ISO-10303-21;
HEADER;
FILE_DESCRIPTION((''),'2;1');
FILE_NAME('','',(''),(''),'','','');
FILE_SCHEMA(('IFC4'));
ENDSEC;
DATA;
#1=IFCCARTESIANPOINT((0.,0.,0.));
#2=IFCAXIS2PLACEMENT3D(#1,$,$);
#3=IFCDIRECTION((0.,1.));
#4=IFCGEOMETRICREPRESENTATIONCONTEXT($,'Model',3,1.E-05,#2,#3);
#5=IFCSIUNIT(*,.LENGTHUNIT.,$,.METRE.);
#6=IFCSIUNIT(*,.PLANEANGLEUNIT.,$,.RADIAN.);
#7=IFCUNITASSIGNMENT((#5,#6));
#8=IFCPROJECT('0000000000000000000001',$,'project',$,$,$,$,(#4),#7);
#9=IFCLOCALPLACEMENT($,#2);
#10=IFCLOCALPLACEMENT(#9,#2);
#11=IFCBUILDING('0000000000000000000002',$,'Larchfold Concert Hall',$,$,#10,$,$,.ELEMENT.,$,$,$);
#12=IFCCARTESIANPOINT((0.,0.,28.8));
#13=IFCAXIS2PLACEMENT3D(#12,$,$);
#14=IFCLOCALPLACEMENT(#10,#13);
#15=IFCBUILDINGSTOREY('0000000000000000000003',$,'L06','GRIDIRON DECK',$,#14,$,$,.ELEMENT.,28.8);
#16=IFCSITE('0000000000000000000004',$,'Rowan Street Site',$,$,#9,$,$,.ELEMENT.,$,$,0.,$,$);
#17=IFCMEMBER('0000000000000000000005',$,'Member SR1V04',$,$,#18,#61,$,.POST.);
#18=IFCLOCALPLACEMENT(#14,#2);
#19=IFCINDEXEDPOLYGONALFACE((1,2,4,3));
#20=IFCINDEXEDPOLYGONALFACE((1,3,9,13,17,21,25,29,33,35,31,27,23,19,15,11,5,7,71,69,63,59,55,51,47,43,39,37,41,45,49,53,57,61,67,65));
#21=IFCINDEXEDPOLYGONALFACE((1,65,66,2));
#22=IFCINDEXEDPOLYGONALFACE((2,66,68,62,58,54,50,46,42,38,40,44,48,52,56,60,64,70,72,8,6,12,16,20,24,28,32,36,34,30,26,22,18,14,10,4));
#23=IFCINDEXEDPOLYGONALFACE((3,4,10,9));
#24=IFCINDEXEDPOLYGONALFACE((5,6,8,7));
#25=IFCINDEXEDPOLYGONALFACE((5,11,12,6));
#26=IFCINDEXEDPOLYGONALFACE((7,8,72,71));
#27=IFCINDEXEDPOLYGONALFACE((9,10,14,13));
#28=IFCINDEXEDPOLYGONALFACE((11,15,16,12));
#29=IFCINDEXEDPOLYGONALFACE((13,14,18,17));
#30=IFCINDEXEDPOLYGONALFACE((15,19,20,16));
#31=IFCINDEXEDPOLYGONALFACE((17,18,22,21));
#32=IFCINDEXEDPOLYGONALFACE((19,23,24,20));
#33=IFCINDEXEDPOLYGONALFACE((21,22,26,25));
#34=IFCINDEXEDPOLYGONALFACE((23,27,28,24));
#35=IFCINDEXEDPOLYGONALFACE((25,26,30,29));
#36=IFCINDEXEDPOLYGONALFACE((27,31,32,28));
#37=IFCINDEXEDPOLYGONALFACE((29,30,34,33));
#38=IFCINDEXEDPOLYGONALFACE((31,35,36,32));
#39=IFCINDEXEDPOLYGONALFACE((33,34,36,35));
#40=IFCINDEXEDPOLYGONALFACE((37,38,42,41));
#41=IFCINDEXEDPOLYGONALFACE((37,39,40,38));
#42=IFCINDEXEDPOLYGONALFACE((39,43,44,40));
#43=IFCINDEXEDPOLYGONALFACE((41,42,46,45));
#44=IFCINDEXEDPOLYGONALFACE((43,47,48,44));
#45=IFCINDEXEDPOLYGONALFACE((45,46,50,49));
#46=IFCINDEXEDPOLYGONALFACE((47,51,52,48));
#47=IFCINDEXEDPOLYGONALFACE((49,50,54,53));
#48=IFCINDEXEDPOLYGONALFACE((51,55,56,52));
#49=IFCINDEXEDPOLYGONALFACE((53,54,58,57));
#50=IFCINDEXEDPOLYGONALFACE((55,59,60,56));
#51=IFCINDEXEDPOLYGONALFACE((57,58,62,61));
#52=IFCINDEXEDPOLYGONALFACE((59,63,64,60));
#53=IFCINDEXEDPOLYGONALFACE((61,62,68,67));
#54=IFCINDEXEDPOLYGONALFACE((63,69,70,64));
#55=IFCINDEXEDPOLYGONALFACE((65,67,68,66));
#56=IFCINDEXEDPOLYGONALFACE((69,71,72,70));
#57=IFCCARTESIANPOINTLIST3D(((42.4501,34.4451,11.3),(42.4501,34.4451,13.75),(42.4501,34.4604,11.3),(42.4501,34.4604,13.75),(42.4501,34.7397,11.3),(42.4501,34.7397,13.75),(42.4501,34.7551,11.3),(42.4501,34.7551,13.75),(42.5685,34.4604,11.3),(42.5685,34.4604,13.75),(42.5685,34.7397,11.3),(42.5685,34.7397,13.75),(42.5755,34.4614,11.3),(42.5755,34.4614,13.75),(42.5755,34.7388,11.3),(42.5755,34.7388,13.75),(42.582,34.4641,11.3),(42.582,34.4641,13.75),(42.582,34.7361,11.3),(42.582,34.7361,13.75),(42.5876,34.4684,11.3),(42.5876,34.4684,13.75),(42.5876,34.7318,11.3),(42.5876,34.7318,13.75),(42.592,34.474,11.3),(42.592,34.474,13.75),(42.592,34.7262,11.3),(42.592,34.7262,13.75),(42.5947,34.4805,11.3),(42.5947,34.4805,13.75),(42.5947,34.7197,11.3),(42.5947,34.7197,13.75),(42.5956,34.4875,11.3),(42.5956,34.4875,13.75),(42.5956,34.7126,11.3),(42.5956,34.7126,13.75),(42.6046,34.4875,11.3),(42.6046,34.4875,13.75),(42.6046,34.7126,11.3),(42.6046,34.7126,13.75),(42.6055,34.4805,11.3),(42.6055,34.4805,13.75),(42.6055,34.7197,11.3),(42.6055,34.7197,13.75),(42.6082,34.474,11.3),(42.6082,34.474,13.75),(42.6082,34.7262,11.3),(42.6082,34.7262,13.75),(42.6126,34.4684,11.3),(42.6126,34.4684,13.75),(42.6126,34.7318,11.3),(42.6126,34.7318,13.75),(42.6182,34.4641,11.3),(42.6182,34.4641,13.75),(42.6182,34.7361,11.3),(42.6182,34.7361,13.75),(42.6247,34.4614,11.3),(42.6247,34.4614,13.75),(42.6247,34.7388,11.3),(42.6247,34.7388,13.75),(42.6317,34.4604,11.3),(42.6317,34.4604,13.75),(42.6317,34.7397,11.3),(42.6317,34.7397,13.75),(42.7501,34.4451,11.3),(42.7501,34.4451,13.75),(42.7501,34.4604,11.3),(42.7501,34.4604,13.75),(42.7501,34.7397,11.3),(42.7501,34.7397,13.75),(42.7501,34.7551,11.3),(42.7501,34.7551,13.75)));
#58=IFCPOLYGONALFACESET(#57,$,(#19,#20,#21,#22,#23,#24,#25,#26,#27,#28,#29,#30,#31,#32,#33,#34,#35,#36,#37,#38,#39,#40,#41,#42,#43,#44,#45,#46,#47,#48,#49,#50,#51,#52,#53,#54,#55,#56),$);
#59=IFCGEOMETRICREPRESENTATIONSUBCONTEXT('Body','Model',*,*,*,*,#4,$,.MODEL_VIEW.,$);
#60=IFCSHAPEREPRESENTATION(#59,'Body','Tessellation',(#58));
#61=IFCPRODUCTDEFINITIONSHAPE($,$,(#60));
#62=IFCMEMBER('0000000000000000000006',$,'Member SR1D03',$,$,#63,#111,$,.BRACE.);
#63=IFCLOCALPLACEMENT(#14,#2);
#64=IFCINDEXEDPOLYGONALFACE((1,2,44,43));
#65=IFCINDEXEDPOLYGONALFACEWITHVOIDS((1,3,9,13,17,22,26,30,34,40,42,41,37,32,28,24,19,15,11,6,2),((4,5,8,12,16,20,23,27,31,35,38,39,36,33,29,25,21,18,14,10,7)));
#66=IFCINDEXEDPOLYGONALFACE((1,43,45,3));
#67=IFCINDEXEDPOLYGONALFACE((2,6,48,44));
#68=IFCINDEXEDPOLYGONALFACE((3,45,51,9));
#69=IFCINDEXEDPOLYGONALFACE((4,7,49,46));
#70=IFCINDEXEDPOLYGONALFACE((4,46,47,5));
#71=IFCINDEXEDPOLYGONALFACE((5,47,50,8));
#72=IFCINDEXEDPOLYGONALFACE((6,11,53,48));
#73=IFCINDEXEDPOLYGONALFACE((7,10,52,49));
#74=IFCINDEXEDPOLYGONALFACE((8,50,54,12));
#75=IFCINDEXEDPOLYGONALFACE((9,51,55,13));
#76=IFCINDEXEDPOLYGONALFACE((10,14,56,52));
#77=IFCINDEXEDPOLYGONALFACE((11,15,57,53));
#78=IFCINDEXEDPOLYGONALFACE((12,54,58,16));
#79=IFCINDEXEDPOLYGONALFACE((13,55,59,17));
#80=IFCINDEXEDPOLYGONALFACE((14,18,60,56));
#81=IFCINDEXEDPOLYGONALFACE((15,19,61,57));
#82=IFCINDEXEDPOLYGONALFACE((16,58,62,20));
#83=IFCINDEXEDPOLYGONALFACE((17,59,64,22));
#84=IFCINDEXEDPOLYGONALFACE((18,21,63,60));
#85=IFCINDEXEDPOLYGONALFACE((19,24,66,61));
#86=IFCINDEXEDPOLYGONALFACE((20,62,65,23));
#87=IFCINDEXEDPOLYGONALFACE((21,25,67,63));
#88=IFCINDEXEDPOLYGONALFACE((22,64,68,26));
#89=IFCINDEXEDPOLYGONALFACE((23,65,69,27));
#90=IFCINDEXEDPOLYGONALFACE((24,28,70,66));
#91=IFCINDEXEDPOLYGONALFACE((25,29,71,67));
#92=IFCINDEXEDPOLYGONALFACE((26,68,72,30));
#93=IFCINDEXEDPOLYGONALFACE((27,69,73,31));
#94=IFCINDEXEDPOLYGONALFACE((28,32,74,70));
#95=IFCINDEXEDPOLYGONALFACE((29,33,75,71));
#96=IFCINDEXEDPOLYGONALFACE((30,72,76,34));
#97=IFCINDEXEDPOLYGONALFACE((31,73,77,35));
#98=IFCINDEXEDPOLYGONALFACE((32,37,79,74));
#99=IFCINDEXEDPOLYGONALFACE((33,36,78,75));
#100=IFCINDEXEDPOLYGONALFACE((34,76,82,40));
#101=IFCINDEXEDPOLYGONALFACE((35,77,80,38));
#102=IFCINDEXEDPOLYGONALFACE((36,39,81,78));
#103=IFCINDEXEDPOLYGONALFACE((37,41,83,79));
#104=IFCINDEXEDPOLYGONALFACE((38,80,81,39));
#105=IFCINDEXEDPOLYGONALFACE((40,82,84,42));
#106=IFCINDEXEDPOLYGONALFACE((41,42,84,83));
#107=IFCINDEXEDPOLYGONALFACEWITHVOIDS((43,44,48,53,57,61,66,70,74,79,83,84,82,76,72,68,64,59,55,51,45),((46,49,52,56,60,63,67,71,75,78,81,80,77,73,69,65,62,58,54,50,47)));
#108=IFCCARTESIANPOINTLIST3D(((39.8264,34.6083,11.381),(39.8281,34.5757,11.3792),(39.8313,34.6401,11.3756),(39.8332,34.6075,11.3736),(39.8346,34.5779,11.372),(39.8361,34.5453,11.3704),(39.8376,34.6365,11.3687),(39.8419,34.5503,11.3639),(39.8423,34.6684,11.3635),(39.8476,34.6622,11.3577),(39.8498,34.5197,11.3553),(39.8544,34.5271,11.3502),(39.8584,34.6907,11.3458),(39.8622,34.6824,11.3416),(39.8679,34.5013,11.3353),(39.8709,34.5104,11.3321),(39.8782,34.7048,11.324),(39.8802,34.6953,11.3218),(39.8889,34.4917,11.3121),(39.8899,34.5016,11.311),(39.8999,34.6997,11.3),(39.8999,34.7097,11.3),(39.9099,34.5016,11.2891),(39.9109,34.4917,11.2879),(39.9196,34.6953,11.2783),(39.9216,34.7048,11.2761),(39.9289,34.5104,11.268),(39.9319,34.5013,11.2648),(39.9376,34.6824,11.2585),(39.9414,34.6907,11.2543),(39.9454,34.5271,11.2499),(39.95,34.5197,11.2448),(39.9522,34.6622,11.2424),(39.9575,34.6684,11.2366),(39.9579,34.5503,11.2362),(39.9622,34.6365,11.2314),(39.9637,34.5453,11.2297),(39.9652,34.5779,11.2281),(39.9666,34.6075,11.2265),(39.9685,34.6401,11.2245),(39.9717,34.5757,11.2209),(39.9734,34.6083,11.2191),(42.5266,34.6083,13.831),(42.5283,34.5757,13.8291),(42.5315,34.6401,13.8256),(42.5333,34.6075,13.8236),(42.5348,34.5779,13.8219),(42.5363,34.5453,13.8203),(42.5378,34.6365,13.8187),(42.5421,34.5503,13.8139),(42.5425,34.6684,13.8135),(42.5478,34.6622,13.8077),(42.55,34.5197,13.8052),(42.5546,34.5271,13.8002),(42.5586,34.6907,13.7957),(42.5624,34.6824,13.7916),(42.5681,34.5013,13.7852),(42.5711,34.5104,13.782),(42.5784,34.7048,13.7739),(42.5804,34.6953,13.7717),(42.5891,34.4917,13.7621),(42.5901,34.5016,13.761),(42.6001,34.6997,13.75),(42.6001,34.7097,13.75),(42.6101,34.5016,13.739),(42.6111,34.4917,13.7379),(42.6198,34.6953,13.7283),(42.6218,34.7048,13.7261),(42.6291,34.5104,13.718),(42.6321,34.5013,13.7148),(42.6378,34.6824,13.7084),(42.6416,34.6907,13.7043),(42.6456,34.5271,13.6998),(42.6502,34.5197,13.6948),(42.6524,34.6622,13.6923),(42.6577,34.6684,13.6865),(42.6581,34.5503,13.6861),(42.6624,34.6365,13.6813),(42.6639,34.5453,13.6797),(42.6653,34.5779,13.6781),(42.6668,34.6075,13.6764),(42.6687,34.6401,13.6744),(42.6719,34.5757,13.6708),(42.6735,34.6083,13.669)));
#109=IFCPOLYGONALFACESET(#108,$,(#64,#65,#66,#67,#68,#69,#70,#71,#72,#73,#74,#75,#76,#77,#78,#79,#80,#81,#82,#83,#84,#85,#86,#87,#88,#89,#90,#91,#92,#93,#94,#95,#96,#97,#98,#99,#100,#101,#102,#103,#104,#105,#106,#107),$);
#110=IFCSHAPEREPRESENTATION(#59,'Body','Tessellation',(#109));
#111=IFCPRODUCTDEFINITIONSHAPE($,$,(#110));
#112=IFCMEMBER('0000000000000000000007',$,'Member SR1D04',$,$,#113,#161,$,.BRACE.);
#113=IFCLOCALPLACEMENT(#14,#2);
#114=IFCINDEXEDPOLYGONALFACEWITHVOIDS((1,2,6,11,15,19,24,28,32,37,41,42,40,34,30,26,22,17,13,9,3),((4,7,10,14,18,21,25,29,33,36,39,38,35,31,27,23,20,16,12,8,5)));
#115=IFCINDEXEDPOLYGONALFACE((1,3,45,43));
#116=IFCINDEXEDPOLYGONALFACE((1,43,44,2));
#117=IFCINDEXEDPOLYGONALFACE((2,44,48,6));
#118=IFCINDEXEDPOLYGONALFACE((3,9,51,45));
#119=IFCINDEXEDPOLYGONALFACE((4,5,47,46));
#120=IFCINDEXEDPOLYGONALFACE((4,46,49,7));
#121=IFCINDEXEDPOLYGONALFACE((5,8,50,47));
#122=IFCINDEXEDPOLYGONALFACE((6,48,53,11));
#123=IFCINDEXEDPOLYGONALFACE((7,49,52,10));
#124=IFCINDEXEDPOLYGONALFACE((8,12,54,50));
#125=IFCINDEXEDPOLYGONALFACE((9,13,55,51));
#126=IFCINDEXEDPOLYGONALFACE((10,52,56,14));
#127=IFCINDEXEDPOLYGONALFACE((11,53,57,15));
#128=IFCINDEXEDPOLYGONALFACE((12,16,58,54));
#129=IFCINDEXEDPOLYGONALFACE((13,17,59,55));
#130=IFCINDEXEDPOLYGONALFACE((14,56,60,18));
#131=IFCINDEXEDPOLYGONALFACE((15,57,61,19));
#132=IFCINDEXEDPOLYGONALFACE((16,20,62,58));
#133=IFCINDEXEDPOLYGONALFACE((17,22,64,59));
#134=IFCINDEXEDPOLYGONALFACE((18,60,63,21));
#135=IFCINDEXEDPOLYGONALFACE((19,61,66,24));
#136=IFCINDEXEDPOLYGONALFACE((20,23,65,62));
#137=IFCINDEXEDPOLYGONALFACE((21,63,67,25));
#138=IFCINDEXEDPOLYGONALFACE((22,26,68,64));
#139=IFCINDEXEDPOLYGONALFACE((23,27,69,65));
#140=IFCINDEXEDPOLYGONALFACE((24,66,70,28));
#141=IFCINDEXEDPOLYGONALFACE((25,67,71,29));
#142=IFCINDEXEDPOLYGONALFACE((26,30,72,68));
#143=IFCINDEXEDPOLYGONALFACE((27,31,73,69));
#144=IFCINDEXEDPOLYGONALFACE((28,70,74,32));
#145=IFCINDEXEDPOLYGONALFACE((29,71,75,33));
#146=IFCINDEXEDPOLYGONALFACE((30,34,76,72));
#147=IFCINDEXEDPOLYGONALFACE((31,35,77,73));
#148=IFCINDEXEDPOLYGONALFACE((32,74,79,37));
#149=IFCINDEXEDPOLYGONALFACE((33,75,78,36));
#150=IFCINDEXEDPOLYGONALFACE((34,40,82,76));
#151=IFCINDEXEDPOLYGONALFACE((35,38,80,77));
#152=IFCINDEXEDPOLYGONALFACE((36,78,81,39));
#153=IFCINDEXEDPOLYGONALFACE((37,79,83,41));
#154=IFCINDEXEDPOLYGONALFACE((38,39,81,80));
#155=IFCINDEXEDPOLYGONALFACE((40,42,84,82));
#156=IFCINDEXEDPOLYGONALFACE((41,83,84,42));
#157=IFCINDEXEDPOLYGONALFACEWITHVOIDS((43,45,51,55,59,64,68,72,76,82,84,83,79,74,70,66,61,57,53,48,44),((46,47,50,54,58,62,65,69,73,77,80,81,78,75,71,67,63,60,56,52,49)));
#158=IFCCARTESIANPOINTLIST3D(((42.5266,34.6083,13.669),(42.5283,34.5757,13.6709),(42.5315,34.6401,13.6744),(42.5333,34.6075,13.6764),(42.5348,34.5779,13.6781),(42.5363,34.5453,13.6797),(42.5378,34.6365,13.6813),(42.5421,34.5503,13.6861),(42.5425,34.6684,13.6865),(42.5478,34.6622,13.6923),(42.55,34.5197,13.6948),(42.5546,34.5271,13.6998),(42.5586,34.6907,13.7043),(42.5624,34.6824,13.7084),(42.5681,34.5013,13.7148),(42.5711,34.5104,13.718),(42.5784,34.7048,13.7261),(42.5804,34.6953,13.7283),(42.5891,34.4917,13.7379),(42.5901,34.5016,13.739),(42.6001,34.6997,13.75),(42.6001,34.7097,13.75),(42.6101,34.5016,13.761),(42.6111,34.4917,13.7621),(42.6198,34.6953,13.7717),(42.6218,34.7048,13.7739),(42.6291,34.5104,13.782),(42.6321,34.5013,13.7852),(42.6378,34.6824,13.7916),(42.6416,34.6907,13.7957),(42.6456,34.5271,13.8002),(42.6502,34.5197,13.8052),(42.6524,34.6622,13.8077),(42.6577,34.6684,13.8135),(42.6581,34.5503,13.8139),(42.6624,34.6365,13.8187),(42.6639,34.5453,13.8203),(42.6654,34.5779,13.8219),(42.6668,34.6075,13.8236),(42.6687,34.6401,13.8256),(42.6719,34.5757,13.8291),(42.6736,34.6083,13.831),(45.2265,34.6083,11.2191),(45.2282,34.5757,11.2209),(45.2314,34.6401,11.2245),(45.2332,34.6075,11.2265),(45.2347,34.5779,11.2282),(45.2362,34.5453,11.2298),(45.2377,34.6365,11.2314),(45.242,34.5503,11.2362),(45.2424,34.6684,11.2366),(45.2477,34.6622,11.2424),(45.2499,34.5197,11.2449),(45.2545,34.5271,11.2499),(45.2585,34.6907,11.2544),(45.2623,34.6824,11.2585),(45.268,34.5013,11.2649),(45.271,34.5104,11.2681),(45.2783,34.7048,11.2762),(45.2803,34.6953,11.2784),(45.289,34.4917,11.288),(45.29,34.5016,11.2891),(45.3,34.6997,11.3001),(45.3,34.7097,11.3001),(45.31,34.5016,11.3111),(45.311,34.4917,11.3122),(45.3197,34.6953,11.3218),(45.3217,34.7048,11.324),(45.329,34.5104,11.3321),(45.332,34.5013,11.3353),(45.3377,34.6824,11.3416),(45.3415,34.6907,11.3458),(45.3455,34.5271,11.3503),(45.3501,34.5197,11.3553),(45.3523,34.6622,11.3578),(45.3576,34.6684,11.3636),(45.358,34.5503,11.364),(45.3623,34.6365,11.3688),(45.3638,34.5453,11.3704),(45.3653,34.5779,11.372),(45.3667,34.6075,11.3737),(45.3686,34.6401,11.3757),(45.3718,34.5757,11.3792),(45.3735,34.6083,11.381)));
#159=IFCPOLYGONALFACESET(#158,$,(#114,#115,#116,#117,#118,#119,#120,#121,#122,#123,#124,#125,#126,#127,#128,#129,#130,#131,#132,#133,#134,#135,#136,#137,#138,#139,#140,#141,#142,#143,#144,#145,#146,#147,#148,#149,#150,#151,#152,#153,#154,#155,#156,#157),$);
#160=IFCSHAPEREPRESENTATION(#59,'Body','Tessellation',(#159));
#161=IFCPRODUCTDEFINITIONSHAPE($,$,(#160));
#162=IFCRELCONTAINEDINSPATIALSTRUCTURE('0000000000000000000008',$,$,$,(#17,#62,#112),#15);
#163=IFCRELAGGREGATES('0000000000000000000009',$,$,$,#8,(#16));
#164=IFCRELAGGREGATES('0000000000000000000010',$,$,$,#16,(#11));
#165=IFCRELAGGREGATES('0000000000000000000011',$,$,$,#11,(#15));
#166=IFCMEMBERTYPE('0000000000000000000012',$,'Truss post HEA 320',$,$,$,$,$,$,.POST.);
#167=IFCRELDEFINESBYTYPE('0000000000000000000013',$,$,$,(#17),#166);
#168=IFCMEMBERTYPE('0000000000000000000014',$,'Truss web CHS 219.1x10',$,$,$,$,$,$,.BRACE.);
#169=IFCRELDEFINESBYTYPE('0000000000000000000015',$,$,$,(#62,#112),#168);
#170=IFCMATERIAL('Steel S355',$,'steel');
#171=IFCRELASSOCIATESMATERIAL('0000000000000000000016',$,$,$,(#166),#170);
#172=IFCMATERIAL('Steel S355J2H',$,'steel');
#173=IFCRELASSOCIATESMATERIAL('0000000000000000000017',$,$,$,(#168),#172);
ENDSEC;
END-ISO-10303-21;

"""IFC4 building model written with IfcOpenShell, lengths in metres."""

from ifc_helpers import new_model, si_unit, direction, frame, origin, origin_2d, place, context, subcontext, project, spatial, hollow_circle, i_section, extrude, material, material_profile, profile_set, type_object, element, save


model = new_model("IFC4")

# Units and contexts
model_context = context("Model", 3, precision=1e-05, world=origin(), true_north=direction((0.0, 1.0)))
body_context = subcontext(model_context, "Body", "Model", "MODEL_VIEW")
ifc_project = project(units=[si_unit("LENGTHUNIT", "METRE"), si_unit("PLANEANGLEUNIT", "RADIAN")], contexts=[model_context])

# Site, building, storey
site_placement = place(None, origin())
site = spatial("IfcSite", under=ifc_project, at=site_placement, Name="Rowan Street Site", CompositionType="ELEMENT", RefElevation=0.0)
building_placement = place(site_placement, origin())
building = spatial("IfcBuilding", under=site, at=building_placement, Name="Larchfold Concert Hall", CompositionType="ELEMENT")
storey_placement = place(building_placement, frame((0.0, 0.0, 28.8)))
storey = spatial("IfcBuildingStorey", under=building, at=storey_placement, Name="L06", Description="GRIDIRON DECK", CompositionType="ELEMENT", Elevation=28.8)

# Members
ifc_material_1 = material(Name="Steel S355", Category="steel")
ifc_material_profile_1 = material_profile(ifc_material_1, i_section(OverallWidth=0.3, OverallDepth=0.3101, WebThickness=0.009, FlangeThickness=0.0154, FilletRadius=0.0271, at=origin_2d()))
ifc_profile_set_1 = profile_set([ifc_material_profile_1], Name="Steel S355")
member_type_1 = type_object("IfcMemberType", Name="Truss post HEA 320", PredefinedType="POST", material=ifc_profile_set_1)
for number, where, z_axis, x_axis, name in (
    (1, (42.6001, 34.6001, 11.3), (0.0, 0.0, 1.0), (1.0, 0.0, 0.0), "Member SR1V04"),
):
    element("IfcMember", number, at=place(storey_placement, frame(where, z_axis=z_axis, x_axis=x_axis)), inside=storey, type_object=member_type_1, Name=name, PredefinedType="POST", context=body_context, shape_type="SweptSolid", body=[
        extrude(i_section(OverallWidth=0.3, OverallDepth=0.3101, WebThickness=0.009, FlangeThickness=0.0154, FilletRadius=0.0271, at=origin_2d()), origin(), (0.0, 0.0, 1.0), 2.45),
    ])
ifc_material_2 = material(Name="Steel S355J2H", Category="steel")
ifc_material_profile_2 = material_profile(ifc_material_2, hollow_circle(Radius=0.1096, WallThickness=0.01, at=origin_2d()))
ifc_profile_set_2 = profile_set([ifc_material_profile_2], Name="Steel S355J2H")
member_type_2 = type_object("IfcMemberType", Name="Truss web CHS 219.1x10", PredefinedType="BRACE", material=ifc_profile_set_2)
member_1_placement = place(storey_placement, frame((39.8999, 34.6001, 11.3), z_axis=(0.740591, 0.0, 0.671956), x_axis=(0.0, 1.0, 0.0)))
element("IfcMember", 2, at=member_1_placement, inside=storey, type_object=member_type_2, Name="Member SR1D03", PredefinedType="BRACE", context=body_context, shape_type="SweptSolid", body=[
    extrude(hollow_circle(Radius=0.1096, WallThickness=0.01, at=origin_2d()), origin(), (0.0, 0.0, 1.0), 3.646),
])
member_2_placement = place(storey_placement, frame((42.6001, 34.6001, 13.75), z_axis=(0.740561, 0.0, -0.671989), x_axis=(0.0, 1.0, 0.0)))
element("IfcMember", 3, at=member_2_placement, inside=storey, type_object=member_type_2, Name="Member SR1D04", PredefinedType="BRACE", context=body_context, shape_type="SweptSolid", body=[
    extrude(hollow_circle(Radius=0.1096, WallThickness=0.01, at=origin_2d()), origin(), (0.0, 0.0, 1.0), 3.6458),
])

save(model, "model.ifc")
